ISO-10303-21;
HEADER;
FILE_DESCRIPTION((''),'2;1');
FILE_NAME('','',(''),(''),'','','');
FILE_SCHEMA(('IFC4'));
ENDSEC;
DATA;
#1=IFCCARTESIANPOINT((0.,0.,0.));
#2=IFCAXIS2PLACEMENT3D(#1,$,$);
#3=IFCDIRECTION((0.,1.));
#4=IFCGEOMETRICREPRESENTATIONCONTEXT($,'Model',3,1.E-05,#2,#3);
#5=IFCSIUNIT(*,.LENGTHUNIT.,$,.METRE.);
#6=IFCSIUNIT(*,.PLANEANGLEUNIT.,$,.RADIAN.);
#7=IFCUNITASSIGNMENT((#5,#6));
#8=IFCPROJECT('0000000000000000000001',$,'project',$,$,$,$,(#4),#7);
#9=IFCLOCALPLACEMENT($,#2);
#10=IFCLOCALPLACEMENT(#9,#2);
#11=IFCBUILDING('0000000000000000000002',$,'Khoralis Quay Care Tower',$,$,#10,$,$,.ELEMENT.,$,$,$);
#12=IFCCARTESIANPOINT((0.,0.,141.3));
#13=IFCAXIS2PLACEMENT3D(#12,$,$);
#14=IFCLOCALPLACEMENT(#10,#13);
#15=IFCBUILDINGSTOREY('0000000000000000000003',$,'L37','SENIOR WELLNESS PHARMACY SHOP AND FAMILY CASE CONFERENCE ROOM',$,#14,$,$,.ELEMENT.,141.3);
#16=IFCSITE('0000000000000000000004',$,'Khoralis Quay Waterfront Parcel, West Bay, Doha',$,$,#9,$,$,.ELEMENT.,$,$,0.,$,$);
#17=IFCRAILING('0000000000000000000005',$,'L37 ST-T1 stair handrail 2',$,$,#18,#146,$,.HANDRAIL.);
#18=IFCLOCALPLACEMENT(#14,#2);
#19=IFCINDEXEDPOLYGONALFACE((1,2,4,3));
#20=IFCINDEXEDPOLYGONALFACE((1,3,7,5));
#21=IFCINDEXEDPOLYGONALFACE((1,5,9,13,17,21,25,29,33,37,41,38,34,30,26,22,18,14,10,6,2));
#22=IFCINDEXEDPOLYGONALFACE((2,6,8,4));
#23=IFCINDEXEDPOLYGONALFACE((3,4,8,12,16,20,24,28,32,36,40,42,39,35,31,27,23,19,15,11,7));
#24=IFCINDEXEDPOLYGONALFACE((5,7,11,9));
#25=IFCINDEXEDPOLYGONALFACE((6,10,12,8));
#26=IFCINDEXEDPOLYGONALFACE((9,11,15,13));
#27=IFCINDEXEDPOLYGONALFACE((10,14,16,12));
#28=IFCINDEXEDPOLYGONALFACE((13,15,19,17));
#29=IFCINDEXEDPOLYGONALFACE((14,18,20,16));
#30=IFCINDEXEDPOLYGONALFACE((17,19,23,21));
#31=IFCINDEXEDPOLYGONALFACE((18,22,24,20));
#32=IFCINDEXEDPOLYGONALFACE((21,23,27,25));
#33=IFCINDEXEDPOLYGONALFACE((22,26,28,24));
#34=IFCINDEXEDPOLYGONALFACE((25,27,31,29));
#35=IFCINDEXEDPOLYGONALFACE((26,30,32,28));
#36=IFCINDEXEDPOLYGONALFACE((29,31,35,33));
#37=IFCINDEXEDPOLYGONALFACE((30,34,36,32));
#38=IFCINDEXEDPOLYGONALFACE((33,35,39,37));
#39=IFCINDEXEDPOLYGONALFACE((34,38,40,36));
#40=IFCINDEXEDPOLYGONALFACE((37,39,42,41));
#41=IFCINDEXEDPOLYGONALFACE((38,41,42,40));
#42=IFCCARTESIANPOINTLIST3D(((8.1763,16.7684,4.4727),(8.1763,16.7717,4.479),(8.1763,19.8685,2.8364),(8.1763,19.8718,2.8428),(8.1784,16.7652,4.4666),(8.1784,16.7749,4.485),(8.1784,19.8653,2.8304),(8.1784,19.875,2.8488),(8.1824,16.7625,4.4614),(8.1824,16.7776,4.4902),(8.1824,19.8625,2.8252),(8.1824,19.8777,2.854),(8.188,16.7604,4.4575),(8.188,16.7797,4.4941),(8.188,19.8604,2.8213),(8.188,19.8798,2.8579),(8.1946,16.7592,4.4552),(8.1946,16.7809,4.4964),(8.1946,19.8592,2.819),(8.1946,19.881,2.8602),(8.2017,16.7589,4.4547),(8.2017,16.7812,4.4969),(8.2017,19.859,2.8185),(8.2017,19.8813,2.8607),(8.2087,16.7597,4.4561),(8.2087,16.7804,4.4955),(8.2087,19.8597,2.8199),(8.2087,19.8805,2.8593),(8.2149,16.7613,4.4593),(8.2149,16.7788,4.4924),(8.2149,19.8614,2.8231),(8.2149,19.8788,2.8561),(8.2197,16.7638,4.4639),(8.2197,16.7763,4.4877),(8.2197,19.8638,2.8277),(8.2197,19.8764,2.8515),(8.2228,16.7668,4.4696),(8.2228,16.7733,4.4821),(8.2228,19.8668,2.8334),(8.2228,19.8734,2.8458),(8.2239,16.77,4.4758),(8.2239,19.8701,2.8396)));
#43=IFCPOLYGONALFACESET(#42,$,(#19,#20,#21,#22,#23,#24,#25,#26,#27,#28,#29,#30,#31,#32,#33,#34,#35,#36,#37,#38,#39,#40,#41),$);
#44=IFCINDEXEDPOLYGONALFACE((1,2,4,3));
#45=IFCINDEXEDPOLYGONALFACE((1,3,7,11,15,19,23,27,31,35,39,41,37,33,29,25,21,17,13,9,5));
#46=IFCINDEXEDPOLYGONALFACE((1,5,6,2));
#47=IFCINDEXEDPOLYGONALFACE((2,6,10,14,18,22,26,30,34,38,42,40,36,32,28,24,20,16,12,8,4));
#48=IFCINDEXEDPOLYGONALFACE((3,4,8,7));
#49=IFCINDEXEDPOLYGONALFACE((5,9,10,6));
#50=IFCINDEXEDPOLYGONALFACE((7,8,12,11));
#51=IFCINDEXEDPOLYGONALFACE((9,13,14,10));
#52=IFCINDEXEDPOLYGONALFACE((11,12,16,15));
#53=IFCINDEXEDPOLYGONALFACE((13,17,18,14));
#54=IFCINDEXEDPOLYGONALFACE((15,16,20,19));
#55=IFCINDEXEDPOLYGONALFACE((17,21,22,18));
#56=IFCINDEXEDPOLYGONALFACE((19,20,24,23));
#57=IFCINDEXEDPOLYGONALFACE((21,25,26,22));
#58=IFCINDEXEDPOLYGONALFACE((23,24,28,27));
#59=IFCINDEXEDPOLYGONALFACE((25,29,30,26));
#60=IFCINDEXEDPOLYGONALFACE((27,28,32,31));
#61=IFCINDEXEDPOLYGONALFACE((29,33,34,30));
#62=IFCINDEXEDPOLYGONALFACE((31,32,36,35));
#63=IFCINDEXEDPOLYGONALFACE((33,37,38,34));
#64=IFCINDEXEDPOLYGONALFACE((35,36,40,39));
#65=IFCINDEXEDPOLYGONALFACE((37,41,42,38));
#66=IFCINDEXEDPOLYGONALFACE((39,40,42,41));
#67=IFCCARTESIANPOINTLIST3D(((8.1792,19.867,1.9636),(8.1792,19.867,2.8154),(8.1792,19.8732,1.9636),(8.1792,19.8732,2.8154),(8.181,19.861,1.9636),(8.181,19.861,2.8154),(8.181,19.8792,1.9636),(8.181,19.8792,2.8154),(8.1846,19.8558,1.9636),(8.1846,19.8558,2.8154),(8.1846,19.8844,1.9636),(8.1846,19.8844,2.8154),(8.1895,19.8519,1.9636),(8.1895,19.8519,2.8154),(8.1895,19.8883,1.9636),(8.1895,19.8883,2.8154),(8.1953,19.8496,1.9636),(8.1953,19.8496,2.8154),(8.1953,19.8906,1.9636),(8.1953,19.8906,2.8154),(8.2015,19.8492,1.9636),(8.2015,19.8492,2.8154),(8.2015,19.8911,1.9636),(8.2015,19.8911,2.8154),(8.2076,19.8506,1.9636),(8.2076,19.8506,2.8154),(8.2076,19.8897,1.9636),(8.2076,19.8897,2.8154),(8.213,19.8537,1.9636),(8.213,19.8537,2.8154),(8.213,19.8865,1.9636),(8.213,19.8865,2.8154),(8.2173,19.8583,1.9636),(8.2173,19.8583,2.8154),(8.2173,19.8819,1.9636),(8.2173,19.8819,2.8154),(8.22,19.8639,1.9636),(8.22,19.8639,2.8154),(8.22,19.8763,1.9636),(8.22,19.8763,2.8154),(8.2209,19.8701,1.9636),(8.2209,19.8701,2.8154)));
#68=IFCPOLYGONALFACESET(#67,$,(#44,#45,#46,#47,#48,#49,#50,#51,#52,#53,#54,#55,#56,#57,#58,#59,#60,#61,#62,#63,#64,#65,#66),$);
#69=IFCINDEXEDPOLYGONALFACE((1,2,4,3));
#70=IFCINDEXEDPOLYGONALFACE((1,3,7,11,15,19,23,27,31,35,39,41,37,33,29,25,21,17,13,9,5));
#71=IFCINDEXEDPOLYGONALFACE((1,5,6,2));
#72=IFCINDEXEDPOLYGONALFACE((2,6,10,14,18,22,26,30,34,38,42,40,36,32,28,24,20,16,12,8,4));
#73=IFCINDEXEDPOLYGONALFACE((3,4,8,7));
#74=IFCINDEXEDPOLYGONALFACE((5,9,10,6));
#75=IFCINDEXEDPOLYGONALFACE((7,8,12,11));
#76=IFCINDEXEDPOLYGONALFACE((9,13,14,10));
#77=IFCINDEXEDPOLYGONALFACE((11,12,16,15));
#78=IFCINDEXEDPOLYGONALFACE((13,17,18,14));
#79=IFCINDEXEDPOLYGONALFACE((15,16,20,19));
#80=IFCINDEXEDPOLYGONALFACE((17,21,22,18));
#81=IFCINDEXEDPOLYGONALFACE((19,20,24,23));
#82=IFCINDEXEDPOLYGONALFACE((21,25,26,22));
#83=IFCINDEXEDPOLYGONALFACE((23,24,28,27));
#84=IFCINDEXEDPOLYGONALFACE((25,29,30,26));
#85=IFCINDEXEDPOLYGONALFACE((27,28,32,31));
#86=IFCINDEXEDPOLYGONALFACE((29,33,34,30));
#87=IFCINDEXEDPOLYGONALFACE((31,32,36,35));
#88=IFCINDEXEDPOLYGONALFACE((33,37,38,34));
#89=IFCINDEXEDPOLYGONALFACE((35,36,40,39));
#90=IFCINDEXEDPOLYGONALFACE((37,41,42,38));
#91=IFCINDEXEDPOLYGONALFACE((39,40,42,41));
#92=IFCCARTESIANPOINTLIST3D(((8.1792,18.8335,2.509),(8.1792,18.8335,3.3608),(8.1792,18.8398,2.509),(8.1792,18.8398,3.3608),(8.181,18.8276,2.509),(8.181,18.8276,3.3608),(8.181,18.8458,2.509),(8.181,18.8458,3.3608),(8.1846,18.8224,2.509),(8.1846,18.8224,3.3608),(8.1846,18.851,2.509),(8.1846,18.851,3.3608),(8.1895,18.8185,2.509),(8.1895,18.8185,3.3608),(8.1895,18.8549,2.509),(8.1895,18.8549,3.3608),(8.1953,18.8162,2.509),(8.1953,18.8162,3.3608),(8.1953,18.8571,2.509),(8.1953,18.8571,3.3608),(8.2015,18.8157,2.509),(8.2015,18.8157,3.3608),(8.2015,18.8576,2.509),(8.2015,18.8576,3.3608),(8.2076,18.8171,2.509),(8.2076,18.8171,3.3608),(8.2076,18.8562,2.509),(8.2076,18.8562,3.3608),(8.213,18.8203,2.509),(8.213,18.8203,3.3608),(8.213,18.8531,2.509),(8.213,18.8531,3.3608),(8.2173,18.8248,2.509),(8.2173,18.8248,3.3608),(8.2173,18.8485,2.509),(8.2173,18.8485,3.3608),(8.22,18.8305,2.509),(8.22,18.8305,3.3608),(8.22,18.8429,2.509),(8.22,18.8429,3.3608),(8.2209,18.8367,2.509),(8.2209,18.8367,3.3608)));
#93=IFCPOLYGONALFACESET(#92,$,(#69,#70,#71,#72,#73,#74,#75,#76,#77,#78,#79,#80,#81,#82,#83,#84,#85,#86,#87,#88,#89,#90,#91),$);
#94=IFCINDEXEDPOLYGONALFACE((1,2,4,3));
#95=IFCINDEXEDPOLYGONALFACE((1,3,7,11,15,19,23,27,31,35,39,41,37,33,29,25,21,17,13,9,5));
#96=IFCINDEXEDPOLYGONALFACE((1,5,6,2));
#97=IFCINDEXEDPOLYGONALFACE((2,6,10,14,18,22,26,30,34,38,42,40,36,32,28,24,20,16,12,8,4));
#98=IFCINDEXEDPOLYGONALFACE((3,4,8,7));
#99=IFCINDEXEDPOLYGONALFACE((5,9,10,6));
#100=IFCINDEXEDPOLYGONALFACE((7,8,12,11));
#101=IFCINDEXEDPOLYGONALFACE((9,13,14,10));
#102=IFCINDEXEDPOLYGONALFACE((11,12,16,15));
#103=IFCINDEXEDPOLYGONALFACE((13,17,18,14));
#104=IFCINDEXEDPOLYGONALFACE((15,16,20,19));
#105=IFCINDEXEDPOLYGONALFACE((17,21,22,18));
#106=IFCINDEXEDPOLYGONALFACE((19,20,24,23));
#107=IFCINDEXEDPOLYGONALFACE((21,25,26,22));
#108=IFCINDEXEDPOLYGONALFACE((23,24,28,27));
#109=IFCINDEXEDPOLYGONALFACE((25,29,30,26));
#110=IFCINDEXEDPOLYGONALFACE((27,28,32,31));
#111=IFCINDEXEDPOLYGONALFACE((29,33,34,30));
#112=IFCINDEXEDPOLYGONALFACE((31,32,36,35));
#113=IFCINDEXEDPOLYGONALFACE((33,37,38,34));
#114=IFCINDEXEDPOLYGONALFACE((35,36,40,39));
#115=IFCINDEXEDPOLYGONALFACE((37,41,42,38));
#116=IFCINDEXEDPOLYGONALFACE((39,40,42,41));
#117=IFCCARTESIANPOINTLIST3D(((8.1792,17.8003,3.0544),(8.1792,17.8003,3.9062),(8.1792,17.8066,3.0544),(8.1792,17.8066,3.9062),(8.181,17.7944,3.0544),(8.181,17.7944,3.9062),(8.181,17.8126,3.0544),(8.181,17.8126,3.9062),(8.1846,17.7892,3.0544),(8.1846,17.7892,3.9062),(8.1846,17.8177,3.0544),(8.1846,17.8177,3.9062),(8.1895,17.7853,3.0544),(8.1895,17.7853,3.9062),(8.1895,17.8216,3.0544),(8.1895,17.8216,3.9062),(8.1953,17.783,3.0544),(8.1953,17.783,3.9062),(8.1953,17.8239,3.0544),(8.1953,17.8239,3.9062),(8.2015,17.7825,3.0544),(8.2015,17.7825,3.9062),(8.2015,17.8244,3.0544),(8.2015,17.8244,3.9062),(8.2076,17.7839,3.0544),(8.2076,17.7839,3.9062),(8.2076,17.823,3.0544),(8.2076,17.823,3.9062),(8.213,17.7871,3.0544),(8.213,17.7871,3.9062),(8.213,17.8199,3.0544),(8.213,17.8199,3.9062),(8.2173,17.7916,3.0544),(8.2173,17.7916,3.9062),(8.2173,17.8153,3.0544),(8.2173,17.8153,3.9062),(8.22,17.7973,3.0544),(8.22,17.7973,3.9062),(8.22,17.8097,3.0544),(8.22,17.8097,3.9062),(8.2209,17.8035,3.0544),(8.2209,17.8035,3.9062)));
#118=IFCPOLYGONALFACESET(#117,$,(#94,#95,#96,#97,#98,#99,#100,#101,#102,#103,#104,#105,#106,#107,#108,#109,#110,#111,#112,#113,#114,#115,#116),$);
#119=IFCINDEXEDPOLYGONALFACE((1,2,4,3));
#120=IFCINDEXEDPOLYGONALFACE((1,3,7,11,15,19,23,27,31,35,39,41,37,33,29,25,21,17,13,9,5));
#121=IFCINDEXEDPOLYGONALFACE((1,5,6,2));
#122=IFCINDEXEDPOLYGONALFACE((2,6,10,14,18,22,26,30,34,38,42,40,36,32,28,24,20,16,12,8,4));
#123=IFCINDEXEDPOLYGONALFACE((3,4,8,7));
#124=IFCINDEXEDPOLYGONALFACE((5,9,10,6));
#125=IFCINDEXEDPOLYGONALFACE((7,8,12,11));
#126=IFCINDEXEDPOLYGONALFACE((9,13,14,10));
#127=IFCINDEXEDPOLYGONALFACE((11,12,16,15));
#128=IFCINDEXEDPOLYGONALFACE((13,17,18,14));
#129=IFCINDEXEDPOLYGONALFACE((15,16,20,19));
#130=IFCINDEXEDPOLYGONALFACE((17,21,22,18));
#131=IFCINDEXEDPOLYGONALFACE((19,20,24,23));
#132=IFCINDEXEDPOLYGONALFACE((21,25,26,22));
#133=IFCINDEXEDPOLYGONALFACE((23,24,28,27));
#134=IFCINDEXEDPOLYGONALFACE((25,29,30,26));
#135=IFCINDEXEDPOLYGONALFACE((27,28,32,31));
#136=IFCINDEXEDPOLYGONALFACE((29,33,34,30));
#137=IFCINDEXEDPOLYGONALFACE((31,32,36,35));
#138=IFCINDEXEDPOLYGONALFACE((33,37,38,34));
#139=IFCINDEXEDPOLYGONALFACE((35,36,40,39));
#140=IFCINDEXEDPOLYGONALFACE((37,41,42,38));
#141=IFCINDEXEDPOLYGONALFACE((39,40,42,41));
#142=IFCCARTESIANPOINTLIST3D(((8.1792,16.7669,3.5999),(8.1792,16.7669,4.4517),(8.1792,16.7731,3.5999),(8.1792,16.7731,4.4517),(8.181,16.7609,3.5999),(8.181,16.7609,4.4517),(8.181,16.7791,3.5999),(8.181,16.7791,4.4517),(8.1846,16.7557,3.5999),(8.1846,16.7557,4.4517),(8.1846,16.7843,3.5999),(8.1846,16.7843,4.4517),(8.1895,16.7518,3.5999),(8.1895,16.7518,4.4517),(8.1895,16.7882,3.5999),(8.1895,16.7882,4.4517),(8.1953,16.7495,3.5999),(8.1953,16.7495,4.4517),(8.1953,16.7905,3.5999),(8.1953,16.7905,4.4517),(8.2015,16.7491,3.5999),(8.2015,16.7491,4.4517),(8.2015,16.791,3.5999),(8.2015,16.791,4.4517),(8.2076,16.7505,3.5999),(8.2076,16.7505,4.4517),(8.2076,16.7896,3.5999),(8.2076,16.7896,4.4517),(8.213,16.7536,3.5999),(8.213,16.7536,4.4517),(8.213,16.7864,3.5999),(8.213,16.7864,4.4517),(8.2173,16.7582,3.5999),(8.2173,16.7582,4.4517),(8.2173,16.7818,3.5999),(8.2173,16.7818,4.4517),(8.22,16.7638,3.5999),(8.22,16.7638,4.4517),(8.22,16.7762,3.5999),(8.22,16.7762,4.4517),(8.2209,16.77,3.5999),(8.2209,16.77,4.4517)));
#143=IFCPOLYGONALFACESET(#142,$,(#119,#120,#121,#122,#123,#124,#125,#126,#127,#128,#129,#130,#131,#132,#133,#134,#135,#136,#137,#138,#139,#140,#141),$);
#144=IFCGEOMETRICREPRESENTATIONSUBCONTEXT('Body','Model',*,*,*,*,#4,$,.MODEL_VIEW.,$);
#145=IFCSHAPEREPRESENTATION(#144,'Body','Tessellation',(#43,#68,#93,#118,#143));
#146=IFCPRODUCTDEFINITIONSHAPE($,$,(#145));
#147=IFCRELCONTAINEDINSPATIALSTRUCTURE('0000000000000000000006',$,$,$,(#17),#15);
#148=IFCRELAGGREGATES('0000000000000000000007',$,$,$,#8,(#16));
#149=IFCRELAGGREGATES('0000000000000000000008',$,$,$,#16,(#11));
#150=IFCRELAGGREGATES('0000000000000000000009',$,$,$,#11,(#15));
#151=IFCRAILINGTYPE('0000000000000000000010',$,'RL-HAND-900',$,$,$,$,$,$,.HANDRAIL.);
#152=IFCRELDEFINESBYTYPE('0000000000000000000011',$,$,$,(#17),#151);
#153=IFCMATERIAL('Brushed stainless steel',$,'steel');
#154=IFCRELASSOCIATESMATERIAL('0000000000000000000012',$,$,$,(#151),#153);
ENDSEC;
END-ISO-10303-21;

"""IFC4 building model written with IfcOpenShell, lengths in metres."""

from ifc_helpers import new_model, si_unit, direction, frame, origin, origin_2d, place, context, subcontext, project, spatial, circle, extrude, material, type_object, element, save


model = new_model("IFC4")

# Units and contexts
model_context = context("Model", 3, precision=1e-05, world=origin(), true_north=direction((0.0, 1.0)))
body_context = subcontext(model_context, "Body", "Model", "MODEL_VIEW")
ifc_project = project(units=[si_unit("LENGTHUNIT", "METRE"), si_unit("PLANEANGLEUNIT", "RADIAN")], contexts=[model_context])

# Site, building, storey
site_placement = place(None, origin())
site = spatial("IfcSite", under=ifc_project, at=site_placement, Name="Khoralis Quay Waterfront Parcel, West Bay, Doha", CompositionType="ELEMENT", RefElevation=0.0)
building_placement = place(site_placement, origin())
building = spatial("IfcBuilding", under=site, at=building_placement, Name="Khoralis Quay Care Tower", CompositionType="ELEMENT")
storey_placement = place(building_placement, frame((0.0, 0.0, 141.3)))
storey = spatial("IfcBuildingStorey", under=building, at=storey_placement, Name="L37", Description="SENIOR WELLNESS PHARMACY SHOP AND FAMILY CASE CONFERENCE ROOM", CompositionType="ELEMENT", Elevation=141.3)

# Shared definitions
ifc_material_1 = material(Name="Brushed stainless steel", Category="steel")

# Railing
railing_type_1 = type_object("IfcRailingType", Name="RL-HAND-900", PredefinedType="HANDRAIL", material=ifc_material_1)
railing_1_placement = place(storey_placement, frame((8.2, 19.8701, 1.9636)))
element("IfcRailing", 1, at=railing_1_placement, inside=storey, type_object=railing_type_1, Name="L37 ST-T1 stair handrail 2", PredefinedType="HANDRAIL", context=body_context, shape_type="SweptSolid", body=[
    extrude(circle(Radius=0.0239, at=origin_2d()), frame((0.0, 0.0, 0.876), z_axis=(0.0, -0.884377, 0.466774), x_axis=(1.0, 0.0, 0.0)), (0.0, 0.0, 1.0), 3.5054),
    extrude(circle(Radius=0.021, at=origin_2d()), origin(), (0.0, 0.0, 1.0), 0.8518),
    extrude(circle(Radius=0.021, at=origin_2d()), frame((0.0, -1.0334, 0.5454)), (0.0, 0.0, 1.0), 0.8518),
    extrude(circle(Radius=0.021, at=origin_2d()), frame((0.0, -2.0667, 1.0908)), (0.0, 0.0, 1.0), 0.8518),
    extrude(circle(Radius=0.021, at=origin_2d()), frame((0.0, -3.1001, 1.6362)), (0.0, 0.0, 1.0), 0.8518),
])

save(model, "model.ifc")
